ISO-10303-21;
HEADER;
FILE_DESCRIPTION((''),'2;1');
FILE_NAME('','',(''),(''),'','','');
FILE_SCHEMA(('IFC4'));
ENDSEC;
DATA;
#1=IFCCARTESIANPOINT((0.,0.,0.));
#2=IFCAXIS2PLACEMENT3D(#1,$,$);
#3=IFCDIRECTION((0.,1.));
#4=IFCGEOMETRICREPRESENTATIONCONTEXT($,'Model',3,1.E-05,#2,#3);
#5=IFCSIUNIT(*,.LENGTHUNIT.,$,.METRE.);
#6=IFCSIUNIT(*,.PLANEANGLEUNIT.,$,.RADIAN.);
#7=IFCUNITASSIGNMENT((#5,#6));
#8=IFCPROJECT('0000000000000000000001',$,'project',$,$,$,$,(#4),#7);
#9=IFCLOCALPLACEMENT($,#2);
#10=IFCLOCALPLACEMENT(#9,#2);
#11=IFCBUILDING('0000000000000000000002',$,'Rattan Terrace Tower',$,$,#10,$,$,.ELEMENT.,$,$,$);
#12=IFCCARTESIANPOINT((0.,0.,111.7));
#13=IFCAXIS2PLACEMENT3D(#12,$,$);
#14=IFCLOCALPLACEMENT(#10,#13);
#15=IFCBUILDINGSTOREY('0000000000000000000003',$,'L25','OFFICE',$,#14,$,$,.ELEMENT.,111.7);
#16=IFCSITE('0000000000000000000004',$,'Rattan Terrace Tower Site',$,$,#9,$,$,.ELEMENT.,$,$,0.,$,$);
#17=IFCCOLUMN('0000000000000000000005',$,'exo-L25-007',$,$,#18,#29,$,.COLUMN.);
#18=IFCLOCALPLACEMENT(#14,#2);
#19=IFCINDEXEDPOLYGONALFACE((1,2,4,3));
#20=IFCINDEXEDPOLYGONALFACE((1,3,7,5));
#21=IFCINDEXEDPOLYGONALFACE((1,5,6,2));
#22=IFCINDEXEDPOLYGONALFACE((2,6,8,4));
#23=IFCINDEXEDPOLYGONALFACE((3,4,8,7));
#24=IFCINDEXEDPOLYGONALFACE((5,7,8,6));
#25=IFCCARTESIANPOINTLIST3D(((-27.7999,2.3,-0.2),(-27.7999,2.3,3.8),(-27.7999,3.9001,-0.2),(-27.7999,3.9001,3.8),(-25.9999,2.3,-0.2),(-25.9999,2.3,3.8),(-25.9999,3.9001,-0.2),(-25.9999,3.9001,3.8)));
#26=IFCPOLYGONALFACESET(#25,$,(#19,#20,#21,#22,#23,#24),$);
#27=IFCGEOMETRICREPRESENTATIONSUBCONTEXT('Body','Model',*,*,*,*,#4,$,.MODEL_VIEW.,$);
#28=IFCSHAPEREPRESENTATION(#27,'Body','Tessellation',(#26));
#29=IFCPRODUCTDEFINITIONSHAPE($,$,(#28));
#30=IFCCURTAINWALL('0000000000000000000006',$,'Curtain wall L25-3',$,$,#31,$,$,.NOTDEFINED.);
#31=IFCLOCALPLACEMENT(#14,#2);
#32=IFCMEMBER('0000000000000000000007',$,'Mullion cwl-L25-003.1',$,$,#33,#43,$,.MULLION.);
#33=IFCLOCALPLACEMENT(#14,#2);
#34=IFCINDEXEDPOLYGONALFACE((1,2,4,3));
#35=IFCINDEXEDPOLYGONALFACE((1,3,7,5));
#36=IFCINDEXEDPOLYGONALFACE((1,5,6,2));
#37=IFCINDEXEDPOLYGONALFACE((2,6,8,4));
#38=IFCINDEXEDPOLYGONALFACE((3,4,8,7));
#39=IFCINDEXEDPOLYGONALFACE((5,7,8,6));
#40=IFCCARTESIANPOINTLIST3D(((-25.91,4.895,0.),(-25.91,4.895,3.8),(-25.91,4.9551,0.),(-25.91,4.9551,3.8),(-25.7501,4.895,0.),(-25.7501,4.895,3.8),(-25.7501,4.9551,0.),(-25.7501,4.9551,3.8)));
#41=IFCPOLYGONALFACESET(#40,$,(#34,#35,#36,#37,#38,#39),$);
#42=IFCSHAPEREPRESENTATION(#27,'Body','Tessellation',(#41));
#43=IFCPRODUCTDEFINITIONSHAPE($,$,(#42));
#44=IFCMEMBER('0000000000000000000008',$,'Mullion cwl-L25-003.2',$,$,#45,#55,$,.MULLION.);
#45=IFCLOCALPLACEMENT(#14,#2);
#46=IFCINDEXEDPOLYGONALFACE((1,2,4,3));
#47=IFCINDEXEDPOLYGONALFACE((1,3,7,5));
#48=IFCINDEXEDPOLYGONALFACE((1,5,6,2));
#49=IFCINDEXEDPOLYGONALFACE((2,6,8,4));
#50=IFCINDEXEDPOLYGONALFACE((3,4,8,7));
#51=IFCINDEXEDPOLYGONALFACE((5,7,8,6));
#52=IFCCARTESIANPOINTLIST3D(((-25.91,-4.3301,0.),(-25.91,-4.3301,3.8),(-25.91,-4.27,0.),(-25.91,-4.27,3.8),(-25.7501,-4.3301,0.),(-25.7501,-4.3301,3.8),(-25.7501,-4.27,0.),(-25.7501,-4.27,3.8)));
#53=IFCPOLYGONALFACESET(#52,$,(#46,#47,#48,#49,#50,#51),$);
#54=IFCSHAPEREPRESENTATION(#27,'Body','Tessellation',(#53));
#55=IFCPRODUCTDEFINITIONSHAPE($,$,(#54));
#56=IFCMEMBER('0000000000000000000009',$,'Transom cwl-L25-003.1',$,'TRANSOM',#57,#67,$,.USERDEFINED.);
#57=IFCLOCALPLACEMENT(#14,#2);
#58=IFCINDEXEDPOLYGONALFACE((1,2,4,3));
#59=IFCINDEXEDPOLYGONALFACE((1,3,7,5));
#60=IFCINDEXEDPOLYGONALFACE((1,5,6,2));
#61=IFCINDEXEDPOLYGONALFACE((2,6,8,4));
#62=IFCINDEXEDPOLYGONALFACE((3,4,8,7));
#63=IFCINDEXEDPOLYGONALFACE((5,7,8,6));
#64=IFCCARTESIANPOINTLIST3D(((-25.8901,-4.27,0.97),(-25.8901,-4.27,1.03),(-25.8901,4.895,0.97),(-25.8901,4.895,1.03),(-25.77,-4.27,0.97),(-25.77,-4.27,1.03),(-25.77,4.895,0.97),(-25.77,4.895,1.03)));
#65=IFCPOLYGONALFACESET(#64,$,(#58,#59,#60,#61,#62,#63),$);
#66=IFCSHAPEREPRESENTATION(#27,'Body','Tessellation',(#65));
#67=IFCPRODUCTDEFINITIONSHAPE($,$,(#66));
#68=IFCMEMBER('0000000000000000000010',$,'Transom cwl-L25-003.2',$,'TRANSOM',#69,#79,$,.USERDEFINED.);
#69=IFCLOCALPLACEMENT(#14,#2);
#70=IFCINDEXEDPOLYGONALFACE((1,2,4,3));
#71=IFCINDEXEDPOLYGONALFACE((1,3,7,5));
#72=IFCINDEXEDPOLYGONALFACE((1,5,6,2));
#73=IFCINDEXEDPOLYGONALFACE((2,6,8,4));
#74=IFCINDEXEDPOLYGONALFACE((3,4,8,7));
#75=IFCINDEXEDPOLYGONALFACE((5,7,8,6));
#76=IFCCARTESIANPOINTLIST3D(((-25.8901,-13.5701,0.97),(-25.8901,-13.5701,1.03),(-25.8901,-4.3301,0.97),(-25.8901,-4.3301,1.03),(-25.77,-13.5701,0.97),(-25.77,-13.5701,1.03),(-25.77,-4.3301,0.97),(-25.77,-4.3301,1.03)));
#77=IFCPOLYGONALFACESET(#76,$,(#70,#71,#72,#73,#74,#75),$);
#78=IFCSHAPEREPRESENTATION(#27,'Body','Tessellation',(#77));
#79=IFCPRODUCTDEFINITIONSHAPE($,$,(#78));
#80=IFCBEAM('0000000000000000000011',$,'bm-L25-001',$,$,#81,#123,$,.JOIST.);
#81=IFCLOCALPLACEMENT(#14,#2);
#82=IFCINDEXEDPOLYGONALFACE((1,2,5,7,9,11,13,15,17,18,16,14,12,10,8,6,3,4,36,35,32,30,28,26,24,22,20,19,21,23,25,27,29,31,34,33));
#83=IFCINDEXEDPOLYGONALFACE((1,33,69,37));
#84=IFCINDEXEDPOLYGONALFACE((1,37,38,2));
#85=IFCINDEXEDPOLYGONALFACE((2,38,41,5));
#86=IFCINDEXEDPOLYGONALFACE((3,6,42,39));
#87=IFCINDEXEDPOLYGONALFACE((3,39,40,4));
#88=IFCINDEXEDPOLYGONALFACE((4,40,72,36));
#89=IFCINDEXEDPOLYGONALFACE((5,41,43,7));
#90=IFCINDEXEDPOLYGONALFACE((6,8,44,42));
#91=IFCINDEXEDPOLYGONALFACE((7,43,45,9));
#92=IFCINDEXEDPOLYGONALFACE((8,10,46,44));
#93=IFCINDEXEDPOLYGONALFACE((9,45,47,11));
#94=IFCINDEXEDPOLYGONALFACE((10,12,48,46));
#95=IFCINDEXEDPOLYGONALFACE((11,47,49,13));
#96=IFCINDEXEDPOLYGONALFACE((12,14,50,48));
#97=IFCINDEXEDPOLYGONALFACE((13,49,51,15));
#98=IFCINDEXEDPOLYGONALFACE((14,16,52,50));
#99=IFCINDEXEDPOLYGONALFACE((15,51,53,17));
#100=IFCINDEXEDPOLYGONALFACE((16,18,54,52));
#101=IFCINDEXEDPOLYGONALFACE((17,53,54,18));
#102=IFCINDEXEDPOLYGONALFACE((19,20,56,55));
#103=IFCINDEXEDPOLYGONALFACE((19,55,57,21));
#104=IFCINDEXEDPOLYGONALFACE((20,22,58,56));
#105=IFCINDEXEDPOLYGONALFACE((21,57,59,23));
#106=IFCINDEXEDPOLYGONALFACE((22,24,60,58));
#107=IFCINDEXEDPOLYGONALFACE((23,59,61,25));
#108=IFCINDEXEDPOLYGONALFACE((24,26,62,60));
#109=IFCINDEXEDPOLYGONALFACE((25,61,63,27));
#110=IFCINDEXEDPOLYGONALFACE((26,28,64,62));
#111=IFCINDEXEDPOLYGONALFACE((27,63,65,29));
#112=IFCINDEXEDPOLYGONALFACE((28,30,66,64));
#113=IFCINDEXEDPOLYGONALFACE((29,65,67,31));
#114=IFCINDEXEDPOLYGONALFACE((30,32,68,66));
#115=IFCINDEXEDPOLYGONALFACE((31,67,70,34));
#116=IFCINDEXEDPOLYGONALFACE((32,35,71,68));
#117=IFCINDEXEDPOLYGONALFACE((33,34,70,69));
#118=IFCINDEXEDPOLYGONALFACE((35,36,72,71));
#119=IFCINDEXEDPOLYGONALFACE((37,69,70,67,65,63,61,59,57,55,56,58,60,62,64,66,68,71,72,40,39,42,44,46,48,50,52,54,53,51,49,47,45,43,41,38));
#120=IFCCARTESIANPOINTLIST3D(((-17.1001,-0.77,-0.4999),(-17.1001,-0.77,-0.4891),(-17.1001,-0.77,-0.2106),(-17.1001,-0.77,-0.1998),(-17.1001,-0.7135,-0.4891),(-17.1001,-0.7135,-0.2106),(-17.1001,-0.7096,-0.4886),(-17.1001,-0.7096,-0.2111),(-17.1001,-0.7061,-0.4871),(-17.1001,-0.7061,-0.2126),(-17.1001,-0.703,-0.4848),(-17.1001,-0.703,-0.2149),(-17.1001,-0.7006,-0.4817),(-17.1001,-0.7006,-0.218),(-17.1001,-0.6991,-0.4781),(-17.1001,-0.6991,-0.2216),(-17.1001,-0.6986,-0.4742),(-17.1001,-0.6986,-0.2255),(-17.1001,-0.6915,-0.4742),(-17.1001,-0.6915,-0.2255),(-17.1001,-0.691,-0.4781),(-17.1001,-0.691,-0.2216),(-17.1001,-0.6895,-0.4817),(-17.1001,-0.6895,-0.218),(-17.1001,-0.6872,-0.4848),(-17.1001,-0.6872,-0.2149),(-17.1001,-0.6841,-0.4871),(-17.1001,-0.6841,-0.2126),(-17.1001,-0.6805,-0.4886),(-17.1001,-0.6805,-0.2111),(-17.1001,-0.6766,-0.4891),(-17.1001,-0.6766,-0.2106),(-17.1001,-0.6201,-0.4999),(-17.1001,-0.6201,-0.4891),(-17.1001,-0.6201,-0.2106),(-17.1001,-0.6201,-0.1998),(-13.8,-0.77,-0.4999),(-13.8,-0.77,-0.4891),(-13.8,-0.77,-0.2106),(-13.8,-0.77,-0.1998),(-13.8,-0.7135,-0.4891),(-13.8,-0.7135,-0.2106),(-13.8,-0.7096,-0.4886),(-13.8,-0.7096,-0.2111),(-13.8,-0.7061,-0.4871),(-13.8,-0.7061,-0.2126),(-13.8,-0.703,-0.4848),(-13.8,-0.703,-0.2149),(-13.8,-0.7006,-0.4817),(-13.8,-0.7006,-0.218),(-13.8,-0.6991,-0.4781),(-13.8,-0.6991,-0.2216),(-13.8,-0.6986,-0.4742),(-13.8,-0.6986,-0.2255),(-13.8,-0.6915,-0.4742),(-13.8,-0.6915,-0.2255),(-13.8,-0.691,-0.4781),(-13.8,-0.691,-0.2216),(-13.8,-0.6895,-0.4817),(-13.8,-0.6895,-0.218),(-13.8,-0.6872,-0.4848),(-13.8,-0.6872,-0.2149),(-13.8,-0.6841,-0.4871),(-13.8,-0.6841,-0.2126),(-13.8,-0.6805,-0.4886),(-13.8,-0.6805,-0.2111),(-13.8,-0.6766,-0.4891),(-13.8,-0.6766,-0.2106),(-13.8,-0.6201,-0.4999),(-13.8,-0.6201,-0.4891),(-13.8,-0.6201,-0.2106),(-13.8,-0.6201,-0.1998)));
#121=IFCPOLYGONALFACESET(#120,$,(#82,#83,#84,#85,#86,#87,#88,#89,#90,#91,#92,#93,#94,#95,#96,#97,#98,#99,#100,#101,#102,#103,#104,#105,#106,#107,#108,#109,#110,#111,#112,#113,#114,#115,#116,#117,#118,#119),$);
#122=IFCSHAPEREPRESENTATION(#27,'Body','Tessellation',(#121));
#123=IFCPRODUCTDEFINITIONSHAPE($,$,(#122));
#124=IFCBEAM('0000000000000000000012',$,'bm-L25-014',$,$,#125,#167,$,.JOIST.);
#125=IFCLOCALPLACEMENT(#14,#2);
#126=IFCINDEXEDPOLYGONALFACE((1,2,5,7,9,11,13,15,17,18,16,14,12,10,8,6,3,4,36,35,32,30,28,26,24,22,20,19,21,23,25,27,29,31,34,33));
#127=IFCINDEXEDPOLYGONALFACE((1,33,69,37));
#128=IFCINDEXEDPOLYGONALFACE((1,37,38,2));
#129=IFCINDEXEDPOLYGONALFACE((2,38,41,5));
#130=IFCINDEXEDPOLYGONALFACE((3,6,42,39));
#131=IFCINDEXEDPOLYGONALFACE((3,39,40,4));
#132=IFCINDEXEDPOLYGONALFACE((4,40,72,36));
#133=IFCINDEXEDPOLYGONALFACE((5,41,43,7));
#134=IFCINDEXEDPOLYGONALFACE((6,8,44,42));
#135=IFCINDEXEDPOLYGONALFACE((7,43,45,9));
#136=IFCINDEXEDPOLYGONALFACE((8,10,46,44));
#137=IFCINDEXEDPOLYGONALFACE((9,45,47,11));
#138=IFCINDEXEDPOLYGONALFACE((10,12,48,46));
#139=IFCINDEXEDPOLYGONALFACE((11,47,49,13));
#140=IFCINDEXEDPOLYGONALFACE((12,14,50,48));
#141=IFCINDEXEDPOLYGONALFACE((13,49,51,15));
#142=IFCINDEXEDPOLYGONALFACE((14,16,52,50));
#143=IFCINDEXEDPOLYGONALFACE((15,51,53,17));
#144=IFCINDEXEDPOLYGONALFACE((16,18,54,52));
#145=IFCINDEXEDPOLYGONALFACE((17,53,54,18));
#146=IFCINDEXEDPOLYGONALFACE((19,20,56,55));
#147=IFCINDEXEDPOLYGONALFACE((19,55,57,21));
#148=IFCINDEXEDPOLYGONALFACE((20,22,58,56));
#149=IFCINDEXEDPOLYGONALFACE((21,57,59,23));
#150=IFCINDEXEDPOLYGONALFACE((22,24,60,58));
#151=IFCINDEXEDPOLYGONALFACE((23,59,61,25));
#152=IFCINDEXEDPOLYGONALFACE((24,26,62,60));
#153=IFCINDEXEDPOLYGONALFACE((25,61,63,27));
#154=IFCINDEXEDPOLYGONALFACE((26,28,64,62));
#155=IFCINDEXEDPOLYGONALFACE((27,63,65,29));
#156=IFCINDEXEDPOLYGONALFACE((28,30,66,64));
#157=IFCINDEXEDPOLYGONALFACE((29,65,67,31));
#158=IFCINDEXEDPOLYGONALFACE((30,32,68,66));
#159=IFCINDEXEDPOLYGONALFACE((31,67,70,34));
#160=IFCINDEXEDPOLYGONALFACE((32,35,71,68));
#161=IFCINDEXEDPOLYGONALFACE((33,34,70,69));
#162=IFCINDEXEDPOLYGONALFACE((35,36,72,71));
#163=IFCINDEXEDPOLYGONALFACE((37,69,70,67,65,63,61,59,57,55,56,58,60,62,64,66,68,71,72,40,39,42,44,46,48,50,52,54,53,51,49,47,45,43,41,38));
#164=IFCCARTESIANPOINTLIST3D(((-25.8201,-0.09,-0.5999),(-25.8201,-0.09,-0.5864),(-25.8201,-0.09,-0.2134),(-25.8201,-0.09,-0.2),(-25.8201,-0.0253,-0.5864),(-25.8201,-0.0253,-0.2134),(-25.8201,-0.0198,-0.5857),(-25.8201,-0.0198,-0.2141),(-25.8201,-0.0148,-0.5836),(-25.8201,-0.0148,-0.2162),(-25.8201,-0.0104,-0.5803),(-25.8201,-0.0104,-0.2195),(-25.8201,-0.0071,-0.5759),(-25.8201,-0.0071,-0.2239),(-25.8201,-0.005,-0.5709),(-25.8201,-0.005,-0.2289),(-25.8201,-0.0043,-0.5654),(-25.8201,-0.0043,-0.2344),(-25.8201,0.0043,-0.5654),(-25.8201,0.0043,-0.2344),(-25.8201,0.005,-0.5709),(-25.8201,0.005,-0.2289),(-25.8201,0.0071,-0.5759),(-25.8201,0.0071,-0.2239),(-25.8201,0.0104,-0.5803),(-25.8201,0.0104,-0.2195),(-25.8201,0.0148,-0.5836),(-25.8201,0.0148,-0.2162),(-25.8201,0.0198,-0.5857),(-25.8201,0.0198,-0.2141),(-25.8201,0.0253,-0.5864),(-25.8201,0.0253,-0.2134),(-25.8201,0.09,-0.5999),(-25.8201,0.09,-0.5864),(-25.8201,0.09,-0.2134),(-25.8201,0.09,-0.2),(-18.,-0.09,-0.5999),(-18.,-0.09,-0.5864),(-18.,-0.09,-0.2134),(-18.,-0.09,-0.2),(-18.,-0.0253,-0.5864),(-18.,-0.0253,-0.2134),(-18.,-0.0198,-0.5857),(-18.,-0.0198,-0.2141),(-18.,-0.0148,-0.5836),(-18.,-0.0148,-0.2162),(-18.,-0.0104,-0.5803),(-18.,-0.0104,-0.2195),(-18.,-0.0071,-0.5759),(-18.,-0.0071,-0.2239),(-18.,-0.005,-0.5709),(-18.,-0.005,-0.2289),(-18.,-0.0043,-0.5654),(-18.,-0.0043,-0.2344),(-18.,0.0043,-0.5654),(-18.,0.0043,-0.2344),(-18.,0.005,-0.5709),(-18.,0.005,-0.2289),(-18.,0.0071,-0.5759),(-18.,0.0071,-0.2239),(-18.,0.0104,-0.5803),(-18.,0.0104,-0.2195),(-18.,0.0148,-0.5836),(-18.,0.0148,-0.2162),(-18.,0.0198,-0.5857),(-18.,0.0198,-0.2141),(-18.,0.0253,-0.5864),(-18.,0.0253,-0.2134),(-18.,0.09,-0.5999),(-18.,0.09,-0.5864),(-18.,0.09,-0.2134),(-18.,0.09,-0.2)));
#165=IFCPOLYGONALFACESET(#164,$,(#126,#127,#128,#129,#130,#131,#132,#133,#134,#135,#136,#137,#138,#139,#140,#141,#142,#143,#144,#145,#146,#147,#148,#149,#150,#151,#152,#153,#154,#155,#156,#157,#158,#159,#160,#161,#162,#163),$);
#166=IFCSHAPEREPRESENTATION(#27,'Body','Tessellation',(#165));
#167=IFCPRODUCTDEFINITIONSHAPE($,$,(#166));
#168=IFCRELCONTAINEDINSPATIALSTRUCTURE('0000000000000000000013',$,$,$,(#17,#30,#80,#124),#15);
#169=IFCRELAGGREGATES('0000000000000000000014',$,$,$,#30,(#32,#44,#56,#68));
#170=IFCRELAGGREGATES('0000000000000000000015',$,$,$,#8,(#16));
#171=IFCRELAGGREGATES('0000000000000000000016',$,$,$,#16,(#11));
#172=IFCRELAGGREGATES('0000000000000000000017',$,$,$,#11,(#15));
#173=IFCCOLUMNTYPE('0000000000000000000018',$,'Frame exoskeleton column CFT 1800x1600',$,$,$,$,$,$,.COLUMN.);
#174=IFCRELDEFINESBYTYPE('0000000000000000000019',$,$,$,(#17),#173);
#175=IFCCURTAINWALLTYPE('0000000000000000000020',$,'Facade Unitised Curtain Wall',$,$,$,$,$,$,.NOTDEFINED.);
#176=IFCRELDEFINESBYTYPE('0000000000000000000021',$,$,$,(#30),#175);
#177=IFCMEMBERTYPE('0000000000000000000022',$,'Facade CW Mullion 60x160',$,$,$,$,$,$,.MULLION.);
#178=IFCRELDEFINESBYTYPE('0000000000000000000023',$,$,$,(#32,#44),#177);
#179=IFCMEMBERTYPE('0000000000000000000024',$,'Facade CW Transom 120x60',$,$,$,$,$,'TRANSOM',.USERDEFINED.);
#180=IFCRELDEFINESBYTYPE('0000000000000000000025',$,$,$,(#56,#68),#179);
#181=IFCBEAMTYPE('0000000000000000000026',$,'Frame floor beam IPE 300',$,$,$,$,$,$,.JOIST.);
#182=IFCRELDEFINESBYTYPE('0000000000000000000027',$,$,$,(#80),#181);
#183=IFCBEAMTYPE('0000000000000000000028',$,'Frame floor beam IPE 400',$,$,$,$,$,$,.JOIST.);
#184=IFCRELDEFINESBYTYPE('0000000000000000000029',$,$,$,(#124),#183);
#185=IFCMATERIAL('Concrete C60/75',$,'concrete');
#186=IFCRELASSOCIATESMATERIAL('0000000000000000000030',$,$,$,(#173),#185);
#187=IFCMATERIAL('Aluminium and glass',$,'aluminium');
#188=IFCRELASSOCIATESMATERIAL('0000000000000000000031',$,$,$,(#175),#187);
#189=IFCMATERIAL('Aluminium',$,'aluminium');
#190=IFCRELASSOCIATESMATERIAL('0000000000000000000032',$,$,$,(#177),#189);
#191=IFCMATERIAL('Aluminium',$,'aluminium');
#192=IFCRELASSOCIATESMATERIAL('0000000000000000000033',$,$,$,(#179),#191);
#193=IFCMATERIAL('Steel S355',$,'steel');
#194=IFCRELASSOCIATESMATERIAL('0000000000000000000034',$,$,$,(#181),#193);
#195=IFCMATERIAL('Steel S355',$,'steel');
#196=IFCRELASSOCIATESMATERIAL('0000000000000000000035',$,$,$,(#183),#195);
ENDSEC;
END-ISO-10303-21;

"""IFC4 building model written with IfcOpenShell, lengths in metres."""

from ifc_helpers import new_model, si_unit, direction, frame, origin, origin_2d, place, context, subcontext, project, spatial, rectangle, i_section, extrude, material, material_profile, profile_set, type_object, element, aggregate, save


model = new_model("IFC4")

# Units and contexts
model_context = context("Model", 3, precision=1e-05, world=origin(), true_north=direction((0.0, 1.0)))
body_context = subcontext(model_context, "Body", "Model", "MODEL_VIEW")
ifc_project = project(units=[si_unit("LENGTHUNIT", "METRE"), si_unit("PLANEANGLEUNIT", "RADIAN")], contexts=[model_context])

# Site, building, storey
site_placement = place(None, origin())
site = spatial("IfcSite", under=ifc_project, at=site_placement, Name="Rattan Terrace Tower Site", CompositionType="ELEMENT", RefElevation=0.0)
building_placement = place(site_placement, origin())
building = spatial("IfcBuilding", under=site, at=building_placement, Name="Rattan Terrace Tower", CompositionType="ELEMENT")
storey_placement = place(building_placement, frame((0.0, 0.0, 111.7)))
storey = spatial("IfcBuildingStorey", under=building, at=storey_placement, Name="L25", Description="OFFICE", CompositionType="ELEMENT", Elevation=111.7)

# Column
ifc_material_1 = material(Name="Concrete C60/75", Category="concrete")
ifc_material_profile_1 = material_profile(ifc_material_1, rectangle(XDim=1.6001, YDim=1.8, at=origin_2d()), Name="CFT 1800x1600")
ifc_profile_set_1 = profile_set([ifc_material_profile_1], Name="Concrete C60/75")
column_type = type_object("IfcColumnType", Name="Frame exoskeleton column CFT 1800x1600", PredefinedType="COLUMN", material=ifc_profile_set_1)
column_placement = place(storey_placement, frame((-26.8999, 3.1001, -0.2), z_axis=(0.0, 0.0, 1.0), x_axis=(0.0, 1.0, 0.0)))
element("IfcColumn", 1, at=column_placement, inside=storey, type_object=column_type, Name="exo-L25-007", PredefinedType="COLUMN", context=body_context, shape_type="SweptSolid", body=[
    extrude(rectangle(XDim=1.6001, YDim=1.8, at=origin_2d()), origin(), (0.0, 0.0, 1.0), 4.0),
])

# Curtain wall, members
ifc_material_2 = material(Name="Aluminium and glass", Category="aluminium")
curtain_wall_type = type_object("IfcCurtainWallType", Name="Facade Unitised Curtain Wall", PredefinedType="NOTDEFINED", material=ifc_material_2)
curtain_wall_placement = place(storey_placement, origin())
curtain_wall = element("IfcCurtainWall", 2, at=curtain_wall_placement, inside=storey, type_object=curtain_wall_type, Name="Curtain wall L25-3", PredefinedType="NOTDEFINED")
ifc_material_3 = material(Name="Aluminium", Category="aluminium")
ifc_material_profile_2 = material_profile(ifc_material_3, rectangle(XDim=0.0601, YDim=0.1599, at=origin_2d()), Name="Aluminium 60x160")
ifc_profile_set_2 = profile_set([ifc_material_profile_2], Name="Aluminium")
member_type_1 = type_object("IfcMemberType", Name="Facade CW Mullion 60x160", PredefinedType="MULLION", material=ifc_profile_set_2)
member_1_placement = place(storey_placement, frame((-25.8301, 4.925, 0.0), z_axis=(0.0, 0.0, 1.0), x_axis=(0.0, -1.0, 0.0)))
member_1 = element("IfcMember", 3, at=member_1_placement, type_object=member_type_1, Name="Mullion cwl-L25-003.1", PredefinedType="MULLION", context=body_context, shape_type="SweptSolid", body=[
    extrude(rectangle(XDim=0.0601, YDim=0.1599, at=origin_2d()), origin(), (0.0, 0.0, 1.0), 3.8),
])
member_2_placement = place(storey_placement, frame((-25.8301, -4.3, 0.0), z_axis=(0.0, 0.0, 1.0), x_axis=(0.0, -1.0, 0.0)))
member_2 = element("IfcMember", 4, at=member_2_placement, type_object=member_type_1, Name="Mullion cwl-L25-003.2", PredefinedType="MULLION", context=body_context, shape_type="SweptSolid", body=[
    extrude(rectangle(XDim=0.0601, YDim=0.1599, at=origin_2d()), origin(), (0.0, 0.0, 1.0), 3.8),
])
ifc_material_4 = material(Name="Aluminium", Category="aluminium")
ifc_material_profile_3 = material_profile(ifc_material_4, rectangle(XDim=0.1201, YDim=0.0601, at=origin_2d()), Name="Aluminium 120x60")
ifc_profile_set_3 = profile_set([ifc_material_profile_3], Name="Aluminium")
member_type_2 = type_object("IfcMemberType", Name="Facade CW Transom 120x60", ElementType="TRANSOM", PredefinedType="USERDEFINED", material=ifc_profile_set_3)
member_3_placement = place(storey_placement, frame((-25.8301, 4.895, 1.0), z_axis=(0.0, -1.0, 0.0), x_axis=(1.0, 0.0, 0.0)))
member_3 = element("IfcMember", 5, at=member_3_placement, type_object=member_type_2, Name="Transom cwl-L25-003.1", ObjectType="TRANSOM", PredefinedType="USERDEFINED", context=body_context, shape_type="SweptSolid", body=[
    extrude(rectangle(XDim=0.1201, YDim=0.0601, at=origin_2d()), origin(), (0.0, 0.0, 1.0), 9.165),
])
member_4_placement = place(storey_placement, frame((-25.8301, -4.3301, 1.0), z_axis=(0.0, -1.0, 0.0), x_axis=(1.0, 0.0, 0.0)))
member_4 = element("IfcMember", 6, at=member_4_placement, type_object=member_type_2, Name="Transom cwl-L25-003.2", ObjectType="TRANSOM", PredefinedType="USERDEFINED", context=body_context, shape_type="SweptSolid", body=[
    extrude(rectangle(XDim=0.1201, YDim=0.0601, at=origin_2d()), origin(), (0.0, 0.0, 1.0), 9.24),
])

# Beams
ifc_material_5 = material(Name="Steel S355", Category="steel")
ifc_material_profile_4 = material_profile(ifc_material_5, i_section(OverallWidth=0.1499, OverallDepth=0.3, WebThickness=0.0071, FlangeThickness=0.0107, FilletRadius=0.0149, at=origin_2d()), Name="IPE 300")
ifc_profile_set_4 = profile_set([ifc_material_profile_4], Name="Steel S355")
beam_type_1 = type_object("IfcBeamType", Name="Frame floor beam IPE 300", PredefinedType="JOIST", material=ifc_profile_set_4)
beam_placement = place(storey_placement, frame((-17.1001, -0.6951, -0.3499), z_axis=(1.0, 0.0, 0.0), x_axis=(0.0, 1.0, 0.0)))
element("IfcBeam", 7, at=beam_placement, inside=storey, type_object=beam_type_1, Name="bm-L25-001", PredefinedType="JOIST", context=body_context, shape_type="SweptSolid", body=[
    extrude(i_section(OverallWidth=0.1499, OverallDepth=0.3, WebThickness=0.0071, FlangeThickness=0.0107, FilletRadius=0.0149, at=origin_2d()), origin(), (0.0, 0.0, 1.0), 3.3),
])
ifc_material_6 = material(Name="Steel S355", Category="steel")
ifc_material_profile_5 = material_profile(ifc_material_6, i_section(OverallWidth=0.1799, OverallDepth=0.3999, WebThickness=0.0085, FlangeThickness=0.0134, FilletRadius=0.021, at=origin_2d()), Name="IPE 400")
ifc_profile_set_5 = profile_set([ifc_material_profile_5], Name="Steel S355")
beam_type_2 = type_object("IfcBeamType", Name="Frame floor beam IPE 400", PredefinedType="JOIST", material=ifc_profile_set_5)
for number, where, z_axis, x_axis, name in (
    (8, (-25.8201, 0.0, -0.3999), (1.0, 0.0, 0.0), (0.0, 1.0, 0.0), "bm-L25-014"),
):
    element("IfcBeam", number, at=place(storey_placement, frame(where, z_axis=z_axis, x_axis=x_axis)), inside=storey, type_object=beam_type_2, Name=name, PredefinedType="JOIST", context=body_context, shape_type="SweptSolid", body=[
        extrude(i_section(OverallWidth=0.1799, OverallDepth=0.3999, WebThickness=0.0085, FlangeThickness=0.0134, FilletRadius=0.021, at=origin_2d()), origin(), (0.0, 0.0, 1.0), 7.8201),
    ])

aggregate(curtain_wall, [member_1, member_2, member_3, member_4])

save(model, "model.ifc")
